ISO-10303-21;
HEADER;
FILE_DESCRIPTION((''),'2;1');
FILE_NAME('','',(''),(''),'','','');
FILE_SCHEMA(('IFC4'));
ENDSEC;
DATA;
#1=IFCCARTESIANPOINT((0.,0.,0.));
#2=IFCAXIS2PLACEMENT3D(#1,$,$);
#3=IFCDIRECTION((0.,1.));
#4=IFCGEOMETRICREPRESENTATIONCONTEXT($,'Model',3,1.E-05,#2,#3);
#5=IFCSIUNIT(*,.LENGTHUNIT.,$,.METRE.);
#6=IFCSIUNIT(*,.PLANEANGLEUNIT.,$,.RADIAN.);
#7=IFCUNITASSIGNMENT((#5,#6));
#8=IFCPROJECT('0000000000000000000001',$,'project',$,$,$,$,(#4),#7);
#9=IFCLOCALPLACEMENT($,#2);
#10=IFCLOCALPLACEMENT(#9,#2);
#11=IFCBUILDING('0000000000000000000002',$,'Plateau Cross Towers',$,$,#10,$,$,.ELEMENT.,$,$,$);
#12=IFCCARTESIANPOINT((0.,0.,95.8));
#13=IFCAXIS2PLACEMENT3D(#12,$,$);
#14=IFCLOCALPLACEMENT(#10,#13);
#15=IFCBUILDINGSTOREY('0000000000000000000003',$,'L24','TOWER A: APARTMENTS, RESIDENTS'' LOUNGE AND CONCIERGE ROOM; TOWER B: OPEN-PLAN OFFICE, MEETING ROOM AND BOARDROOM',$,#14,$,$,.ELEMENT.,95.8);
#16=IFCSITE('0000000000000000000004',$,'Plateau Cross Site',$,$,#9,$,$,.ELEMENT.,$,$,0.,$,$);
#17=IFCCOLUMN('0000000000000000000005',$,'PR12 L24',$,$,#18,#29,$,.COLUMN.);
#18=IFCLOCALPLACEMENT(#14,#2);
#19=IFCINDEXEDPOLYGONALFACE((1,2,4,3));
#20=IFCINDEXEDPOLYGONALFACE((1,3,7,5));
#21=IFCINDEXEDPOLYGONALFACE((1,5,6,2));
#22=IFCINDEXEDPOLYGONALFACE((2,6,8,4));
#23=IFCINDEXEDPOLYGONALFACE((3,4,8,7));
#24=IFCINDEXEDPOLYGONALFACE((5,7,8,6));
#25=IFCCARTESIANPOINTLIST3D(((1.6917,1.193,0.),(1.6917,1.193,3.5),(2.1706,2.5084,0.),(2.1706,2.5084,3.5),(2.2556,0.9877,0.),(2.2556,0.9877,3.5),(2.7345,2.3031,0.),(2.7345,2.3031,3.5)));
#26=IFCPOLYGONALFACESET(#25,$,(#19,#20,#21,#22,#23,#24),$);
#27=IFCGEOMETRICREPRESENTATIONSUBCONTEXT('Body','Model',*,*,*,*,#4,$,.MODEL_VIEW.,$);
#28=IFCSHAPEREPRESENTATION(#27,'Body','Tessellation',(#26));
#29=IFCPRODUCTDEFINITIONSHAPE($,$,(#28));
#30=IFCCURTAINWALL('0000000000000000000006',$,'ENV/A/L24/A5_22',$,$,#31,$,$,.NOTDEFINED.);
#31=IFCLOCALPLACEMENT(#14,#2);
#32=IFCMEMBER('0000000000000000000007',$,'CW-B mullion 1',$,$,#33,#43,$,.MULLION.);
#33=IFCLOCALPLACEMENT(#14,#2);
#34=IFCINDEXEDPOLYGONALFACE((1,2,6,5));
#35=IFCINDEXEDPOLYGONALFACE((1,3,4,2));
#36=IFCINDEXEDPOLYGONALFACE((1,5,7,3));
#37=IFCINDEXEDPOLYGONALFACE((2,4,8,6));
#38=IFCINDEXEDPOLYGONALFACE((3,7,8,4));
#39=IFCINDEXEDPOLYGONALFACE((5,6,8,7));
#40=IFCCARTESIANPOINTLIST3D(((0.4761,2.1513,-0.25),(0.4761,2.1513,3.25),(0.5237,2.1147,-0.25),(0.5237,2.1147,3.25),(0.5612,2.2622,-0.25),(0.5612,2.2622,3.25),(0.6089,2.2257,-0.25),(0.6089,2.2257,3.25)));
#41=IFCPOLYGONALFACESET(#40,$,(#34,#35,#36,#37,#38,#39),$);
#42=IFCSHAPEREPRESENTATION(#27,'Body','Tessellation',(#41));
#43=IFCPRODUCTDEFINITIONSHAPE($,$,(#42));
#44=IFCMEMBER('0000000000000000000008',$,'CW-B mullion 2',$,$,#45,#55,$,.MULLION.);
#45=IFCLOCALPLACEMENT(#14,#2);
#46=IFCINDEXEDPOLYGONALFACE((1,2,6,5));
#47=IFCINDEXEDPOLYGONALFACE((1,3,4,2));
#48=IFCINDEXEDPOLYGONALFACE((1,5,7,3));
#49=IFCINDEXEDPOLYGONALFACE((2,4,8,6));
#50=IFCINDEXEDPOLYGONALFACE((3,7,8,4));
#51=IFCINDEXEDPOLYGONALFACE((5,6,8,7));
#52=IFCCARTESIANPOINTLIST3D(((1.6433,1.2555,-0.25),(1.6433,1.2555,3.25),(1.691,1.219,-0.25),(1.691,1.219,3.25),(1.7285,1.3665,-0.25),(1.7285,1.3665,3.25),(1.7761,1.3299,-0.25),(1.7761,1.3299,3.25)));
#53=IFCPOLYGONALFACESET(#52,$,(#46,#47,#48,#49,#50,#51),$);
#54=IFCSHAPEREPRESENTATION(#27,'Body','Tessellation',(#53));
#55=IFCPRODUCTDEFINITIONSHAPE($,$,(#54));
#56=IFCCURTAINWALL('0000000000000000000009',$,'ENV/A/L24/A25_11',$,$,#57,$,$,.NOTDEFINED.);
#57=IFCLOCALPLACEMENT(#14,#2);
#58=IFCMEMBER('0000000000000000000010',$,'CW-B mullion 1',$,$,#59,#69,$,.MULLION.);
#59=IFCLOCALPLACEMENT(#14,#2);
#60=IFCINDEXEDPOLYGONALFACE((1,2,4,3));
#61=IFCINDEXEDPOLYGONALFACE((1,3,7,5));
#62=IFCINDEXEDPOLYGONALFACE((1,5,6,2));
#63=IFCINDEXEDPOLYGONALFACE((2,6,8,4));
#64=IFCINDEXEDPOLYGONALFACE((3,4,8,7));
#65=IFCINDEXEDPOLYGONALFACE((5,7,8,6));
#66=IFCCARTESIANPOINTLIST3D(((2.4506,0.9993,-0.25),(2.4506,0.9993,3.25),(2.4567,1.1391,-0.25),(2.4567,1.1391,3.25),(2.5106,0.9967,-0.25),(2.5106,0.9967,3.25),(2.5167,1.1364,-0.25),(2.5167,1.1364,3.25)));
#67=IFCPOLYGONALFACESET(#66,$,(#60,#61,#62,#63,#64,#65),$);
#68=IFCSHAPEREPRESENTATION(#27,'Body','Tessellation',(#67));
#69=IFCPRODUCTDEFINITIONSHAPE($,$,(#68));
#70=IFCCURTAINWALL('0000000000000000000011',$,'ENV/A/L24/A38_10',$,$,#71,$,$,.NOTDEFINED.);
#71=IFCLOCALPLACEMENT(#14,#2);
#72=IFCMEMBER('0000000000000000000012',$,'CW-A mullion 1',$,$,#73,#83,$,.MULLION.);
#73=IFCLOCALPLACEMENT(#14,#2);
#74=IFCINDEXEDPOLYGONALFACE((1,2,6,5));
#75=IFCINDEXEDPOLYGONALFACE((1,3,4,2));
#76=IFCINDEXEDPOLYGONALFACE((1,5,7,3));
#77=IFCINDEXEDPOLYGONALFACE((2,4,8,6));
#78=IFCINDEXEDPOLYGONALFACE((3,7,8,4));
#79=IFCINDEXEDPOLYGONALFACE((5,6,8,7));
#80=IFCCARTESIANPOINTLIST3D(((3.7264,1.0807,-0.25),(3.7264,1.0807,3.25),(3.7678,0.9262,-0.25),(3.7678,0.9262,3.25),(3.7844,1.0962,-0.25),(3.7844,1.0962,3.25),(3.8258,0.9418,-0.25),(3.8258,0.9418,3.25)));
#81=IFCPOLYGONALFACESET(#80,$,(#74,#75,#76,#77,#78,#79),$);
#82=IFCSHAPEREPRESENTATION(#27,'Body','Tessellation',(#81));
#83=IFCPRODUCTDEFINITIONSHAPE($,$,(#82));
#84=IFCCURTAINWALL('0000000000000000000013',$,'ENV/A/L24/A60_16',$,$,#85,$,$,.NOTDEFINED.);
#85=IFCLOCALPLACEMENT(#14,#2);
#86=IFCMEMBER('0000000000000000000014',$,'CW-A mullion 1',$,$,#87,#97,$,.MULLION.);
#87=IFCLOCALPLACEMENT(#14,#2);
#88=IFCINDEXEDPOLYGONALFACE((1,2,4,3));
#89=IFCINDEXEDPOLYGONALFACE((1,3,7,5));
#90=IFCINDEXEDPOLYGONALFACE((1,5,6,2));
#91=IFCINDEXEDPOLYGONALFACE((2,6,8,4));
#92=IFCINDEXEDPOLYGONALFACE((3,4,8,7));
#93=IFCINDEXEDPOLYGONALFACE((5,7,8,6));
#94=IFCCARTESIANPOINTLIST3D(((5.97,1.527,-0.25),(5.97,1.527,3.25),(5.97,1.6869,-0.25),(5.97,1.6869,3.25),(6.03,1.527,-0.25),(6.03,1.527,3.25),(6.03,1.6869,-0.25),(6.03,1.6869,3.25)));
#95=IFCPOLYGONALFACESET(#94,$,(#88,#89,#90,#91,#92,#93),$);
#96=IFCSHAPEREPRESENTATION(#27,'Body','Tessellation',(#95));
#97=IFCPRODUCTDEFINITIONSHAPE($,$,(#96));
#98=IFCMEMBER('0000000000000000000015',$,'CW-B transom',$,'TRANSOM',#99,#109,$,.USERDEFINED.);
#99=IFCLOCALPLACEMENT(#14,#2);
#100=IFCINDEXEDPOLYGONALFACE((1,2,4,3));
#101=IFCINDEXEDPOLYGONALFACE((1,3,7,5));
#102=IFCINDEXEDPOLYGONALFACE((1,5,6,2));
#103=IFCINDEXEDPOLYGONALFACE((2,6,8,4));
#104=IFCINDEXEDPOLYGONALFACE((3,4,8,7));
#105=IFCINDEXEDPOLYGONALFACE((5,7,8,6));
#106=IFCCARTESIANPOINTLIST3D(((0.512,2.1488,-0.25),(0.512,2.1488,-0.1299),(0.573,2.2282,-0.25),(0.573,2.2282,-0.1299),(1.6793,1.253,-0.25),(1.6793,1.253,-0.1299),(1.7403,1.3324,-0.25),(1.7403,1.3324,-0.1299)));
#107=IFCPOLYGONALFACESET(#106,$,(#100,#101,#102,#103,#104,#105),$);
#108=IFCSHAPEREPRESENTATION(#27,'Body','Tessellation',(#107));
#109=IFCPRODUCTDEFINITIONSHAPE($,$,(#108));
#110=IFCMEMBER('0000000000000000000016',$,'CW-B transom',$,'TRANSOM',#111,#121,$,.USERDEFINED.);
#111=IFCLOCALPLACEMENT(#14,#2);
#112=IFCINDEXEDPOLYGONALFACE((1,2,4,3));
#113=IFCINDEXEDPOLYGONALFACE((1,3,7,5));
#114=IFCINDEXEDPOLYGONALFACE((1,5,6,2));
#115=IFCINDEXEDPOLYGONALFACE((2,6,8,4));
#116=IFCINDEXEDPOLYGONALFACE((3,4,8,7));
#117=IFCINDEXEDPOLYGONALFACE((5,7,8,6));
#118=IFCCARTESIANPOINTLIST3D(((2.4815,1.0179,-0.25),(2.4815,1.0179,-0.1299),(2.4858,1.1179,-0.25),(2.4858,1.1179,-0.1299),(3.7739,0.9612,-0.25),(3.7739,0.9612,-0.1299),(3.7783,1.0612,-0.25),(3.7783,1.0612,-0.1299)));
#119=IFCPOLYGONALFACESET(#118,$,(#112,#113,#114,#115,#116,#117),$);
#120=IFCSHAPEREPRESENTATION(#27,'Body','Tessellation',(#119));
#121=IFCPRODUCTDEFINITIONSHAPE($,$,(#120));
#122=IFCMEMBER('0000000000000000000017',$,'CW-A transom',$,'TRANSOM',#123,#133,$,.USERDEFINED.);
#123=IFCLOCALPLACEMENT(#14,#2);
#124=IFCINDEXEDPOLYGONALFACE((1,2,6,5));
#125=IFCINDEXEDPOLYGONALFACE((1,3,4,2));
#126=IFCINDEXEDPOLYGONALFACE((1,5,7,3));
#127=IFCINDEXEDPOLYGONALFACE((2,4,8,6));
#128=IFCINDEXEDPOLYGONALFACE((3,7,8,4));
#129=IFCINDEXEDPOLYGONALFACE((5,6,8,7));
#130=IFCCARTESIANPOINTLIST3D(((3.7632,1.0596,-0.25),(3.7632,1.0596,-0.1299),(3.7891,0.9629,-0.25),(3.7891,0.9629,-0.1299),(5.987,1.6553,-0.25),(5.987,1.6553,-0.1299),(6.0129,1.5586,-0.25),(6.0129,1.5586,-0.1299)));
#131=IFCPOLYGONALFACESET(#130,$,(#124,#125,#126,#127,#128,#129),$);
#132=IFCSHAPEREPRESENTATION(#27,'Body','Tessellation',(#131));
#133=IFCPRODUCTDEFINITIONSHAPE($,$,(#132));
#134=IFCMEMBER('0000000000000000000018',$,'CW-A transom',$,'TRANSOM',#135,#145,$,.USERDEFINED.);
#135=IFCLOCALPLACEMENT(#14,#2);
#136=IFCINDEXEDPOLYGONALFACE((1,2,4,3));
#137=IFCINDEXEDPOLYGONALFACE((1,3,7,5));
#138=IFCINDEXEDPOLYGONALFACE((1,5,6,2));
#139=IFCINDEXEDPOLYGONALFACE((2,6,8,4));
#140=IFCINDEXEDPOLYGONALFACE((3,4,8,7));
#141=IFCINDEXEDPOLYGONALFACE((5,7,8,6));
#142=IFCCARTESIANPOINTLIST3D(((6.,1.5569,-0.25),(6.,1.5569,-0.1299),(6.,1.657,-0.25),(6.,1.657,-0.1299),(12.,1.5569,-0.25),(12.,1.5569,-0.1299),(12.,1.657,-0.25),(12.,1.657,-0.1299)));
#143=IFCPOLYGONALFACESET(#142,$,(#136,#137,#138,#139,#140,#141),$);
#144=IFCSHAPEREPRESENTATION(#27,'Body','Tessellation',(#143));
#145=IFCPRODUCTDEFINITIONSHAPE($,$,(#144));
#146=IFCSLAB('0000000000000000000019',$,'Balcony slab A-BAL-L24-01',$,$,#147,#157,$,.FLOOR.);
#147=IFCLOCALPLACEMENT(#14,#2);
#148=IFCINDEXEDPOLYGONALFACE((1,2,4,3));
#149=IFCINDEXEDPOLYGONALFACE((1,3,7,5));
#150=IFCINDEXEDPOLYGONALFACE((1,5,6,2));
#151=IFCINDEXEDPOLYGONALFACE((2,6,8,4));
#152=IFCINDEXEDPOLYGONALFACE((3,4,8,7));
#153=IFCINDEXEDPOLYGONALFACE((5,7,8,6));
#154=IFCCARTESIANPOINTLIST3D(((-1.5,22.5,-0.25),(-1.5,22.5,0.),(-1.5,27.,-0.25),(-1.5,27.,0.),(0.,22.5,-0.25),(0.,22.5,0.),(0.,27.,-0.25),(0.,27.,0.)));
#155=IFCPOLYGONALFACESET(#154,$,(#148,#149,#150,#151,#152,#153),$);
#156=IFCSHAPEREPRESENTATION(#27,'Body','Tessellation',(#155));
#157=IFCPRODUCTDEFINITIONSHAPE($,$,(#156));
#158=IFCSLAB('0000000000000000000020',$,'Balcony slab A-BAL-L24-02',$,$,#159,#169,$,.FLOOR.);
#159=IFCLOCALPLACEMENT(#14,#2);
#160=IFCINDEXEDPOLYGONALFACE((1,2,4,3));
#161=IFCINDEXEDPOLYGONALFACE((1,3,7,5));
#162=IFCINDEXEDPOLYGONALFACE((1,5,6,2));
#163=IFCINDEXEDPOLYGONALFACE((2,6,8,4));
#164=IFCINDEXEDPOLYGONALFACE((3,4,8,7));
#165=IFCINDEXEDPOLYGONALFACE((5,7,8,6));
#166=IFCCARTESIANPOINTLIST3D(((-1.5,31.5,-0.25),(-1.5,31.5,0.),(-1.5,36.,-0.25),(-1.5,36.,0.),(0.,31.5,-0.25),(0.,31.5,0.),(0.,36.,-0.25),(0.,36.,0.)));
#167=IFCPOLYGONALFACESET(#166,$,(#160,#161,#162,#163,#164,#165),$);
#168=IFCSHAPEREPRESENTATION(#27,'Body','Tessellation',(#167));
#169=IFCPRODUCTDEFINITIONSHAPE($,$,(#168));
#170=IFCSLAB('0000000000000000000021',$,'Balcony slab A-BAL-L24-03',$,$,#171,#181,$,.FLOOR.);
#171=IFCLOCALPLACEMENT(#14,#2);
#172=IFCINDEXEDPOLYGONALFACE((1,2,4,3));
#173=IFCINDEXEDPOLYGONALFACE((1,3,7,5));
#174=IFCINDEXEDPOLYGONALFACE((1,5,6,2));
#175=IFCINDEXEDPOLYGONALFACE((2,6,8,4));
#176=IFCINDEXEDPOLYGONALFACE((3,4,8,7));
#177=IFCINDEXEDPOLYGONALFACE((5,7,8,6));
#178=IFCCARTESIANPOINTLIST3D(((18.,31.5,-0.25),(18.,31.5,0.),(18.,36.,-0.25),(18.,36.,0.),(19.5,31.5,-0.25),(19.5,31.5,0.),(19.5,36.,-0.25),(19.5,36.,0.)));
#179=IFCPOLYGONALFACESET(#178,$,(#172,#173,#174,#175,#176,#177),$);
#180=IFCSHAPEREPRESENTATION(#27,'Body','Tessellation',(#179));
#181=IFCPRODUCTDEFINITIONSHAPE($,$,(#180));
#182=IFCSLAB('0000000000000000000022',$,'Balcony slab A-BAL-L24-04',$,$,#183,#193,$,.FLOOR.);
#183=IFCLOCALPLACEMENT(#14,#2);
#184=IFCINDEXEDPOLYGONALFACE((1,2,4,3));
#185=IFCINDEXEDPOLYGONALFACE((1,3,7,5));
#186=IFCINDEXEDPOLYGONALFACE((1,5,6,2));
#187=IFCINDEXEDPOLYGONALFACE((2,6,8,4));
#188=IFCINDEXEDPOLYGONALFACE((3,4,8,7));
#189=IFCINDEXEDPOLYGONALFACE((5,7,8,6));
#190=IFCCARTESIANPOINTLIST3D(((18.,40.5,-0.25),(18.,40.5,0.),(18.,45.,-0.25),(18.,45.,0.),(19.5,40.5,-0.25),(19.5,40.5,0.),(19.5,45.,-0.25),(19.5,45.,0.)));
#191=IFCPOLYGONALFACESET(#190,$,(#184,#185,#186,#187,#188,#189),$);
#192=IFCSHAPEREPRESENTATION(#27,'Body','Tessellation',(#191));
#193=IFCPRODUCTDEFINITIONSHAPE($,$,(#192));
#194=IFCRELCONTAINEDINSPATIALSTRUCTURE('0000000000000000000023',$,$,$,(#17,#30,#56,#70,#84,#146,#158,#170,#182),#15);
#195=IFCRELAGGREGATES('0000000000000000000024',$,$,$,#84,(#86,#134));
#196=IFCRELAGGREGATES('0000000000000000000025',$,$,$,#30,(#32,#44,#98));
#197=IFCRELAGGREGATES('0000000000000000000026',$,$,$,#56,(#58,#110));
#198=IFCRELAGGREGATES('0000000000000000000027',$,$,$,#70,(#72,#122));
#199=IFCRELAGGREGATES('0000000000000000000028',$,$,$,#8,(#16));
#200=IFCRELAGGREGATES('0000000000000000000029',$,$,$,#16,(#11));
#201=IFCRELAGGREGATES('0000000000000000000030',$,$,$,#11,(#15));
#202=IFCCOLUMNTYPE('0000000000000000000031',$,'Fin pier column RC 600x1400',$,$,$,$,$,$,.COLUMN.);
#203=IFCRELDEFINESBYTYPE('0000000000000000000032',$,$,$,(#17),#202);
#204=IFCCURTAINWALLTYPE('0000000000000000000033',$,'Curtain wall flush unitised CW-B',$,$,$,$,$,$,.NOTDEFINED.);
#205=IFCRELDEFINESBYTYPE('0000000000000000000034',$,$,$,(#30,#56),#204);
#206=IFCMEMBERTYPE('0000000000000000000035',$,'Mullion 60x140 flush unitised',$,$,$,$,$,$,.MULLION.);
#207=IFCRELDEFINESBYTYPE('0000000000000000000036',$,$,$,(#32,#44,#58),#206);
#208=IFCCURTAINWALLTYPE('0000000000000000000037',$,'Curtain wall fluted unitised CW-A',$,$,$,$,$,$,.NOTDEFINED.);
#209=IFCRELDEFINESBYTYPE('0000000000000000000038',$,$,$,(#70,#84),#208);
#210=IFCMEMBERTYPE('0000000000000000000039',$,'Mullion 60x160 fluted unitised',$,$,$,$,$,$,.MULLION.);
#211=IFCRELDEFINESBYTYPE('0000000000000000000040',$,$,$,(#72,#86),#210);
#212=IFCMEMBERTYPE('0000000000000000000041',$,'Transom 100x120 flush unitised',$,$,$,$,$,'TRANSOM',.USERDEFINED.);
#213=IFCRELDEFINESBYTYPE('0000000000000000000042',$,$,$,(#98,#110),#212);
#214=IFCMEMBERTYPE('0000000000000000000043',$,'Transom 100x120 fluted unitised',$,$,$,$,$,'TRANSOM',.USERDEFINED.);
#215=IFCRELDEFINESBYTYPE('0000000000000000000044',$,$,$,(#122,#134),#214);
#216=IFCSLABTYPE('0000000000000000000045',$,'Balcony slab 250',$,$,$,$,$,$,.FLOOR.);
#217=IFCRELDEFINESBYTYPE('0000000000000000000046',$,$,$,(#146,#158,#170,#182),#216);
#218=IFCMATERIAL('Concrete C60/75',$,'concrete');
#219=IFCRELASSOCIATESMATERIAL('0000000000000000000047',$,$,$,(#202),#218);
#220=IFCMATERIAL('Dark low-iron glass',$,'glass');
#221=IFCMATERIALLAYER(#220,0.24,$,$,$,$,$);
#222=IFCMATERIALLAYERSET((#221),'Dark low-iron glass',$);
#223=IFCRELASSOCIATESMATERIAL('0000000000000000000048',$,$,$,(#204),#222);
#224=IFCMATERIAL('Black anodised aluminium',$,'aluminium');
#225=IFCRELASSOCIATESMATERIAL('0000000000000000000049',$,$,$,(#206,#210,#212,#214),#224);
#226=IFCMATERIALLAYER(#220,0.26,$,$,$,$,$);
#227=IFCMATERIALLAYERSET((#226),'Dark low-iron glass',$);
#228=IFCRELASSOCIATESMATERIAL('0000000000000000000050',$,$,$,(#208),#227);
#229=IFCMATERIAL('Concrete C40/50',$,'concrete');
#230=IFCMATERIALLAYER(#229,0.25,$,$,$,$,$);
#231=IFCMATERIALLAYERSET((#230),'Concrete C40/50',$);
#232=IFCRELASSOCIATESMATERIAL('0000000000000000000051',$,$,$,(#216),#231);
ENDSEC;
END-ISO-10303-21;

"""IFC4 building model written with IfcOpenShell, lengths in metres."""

from ifc_helpers import new_model, si_unit, direction, frame, origin, origin_2d, place, context, subcontext, project, spatial, polyline, rectangle, outline, extrude, material, layer, layer_set, material_profile, profile_set, type_object, element, aggregate, save


model = new_model("IFC4")

# Units and contexts
model_context = context("Model", 3, precision=1e-05, world=origin(), true_north=direction((0.0, 1.0)))
body_context = subcontext(model_context, "Body", "Model", "MODEL_VIEW")
ifc_project = project(units=[si_unit("LENGTHUNIT", "METRE"), si_unit("PLANEANGLEUNIT", "RADIAN")], contexts=[model_context])

# Site, building, storey
site_placement = place(None, origin())
site = spatial("IfcSite", under=ifc_project, at=site_placement, Name="Plateau Cross Site", CompositionType="ELEMENT", RefElevation=0.0)
building_placement = place(site_placement, origin())
building = spatial("IfcBuilding", under=site, at=building_placement, Name="Plateau Cross Towers", CompositionType="ELEMENT")
storey_placement = place(building_placement, frame((0.0, 0.0, 95.8)))
storey = spatial("IfcBuildingStorey", under=building, at=storey_placement, Name="L24", Description="TOWER A: APARTMENTS, RESIDENTS' LOUNGE AND CONCIERGE ROOM; TOWER B: OPEN-PLAN OFFICE, MEETING ROOM AND BOARDROOM", CompositionType="ELEMENT", Elevation=95.8)

# Column
ifc_material_1 = material(Name="Concrete C60/75", Category="concrete")
ifc_material_profile_1 = material_profile(ifc_material_1, rectangle(XDim=0.6001, YDim=1.3999, at=origin_2d()), Name="RC 600x1400")
ifc_profile_set_1 = profile_set([ifc_material_profile_1], Name="Concrete C60/75")
column_type = type_object("IfcColumnType", Name="Fin pier column RC 600x1400", PredefinedType="COLUMN", material=ifc_profile_set_1)
column_placement = place(storey_placement, frame((2.2131, 1.748, 0.0), z_axis=(0.0, 0.0, 1.0), x_axis=(-0.939664, 0.342098, 0.0)))
element("IfcColumn", 1, at=column_placement, inside=storey, type_object=column_type, Name="PR12 L24", PredefinedType="COLUMN", context=body_context, shape_type="SweptSolid", body=[
    extrude(rectangle(XDim=0.6001, YDim=1.3999, at=origin_2d()), origin(), (0.0, 0.0, 1.0), 3.5),
])

# Curtain wall, members
ifc_material_2 = material(Name="Dark low-iron glass", Category="glass")
ifc_layer_1 = layer(ifc_material_2, 0.24)
ifc_layer_set_1 = layer_set([ifc_layer_1], Name="Dark low-iron glass")
curtain_wall_type_1 = type_object("IfcCurtainWallType", Name="Curtain wall flush unitised CW-B", PredefinedType="NOTDEFINED", material=ifc_layer_set_1)
curtain_wall_1_placement = place(storey_placement, origin())
curtain_wall_1 = element("IfcCurtainWall", 2, at=curtain_wall_1_placement, inside=storey, type_object=curtain_wall_type_1, Name="ENV/A/L24/A5_22", PredefinedType="NOTDEFINED")
ifc_material_3 = material(Name="Black anodised aluminium", Category="aluminium")
ifc_material_profile_2 = material_profile(ifc_material_3, rectangle(XDim=0.0601, YDim=0.1399, at=origin_2d()), Name="MULLION 60x140")
ifc_profile_set_2 = profile_set([ifc_material_profile_2], Name="Black anodised aluminium")
member_type_1 = type_object("IfcMemberType", Name="Mullion 60x140 flush unitised", PredefinedType="MULLION", material=ifc_profile_set_2)
member_1_placement = place(storey_placement, frame((0.5425, 2.1885, -0.25), z_axis=(0.0, 0.0, 1.0), x_axis=(0.793316, -0.608811, 0.0)))
member_1 = element("IfcMember", 3, at=member_1_placement, type_object=member_type_1, Name="CW-B mullion 1", PredefinedType="MULLION", context=body_context, shape_type="SweptSolid", body=[
    extrude(rectangle(XDim=0.0601, YDim=0.1399, at=origin_2d()), origin(), (0.0, 0.0, 1.0), 3.5),
])
member_2_placement = place(storey_placement, frame((1.7097, 1.2927, -0.25), z_axis=(0.0, 0.0, 1.0), x_axis=(0.793316, -0.608811, 0.0)))
member_2 = element("IfcMember", 4, at=member_2_placement, type_object=member_type_1, Name="CW-B mullion 2", PredefinedType="MULLION", context=body_context, shape_type="SweptSolid", body=[
    extrude(rectangle(XDim=0.0601, YDim=0.1399, at=origin_2d()), origin(), (0.0, 0.0, 1.0), 3.5),
])

# Curtain walls, members
curtain_wall_2_placement = place(storey_placement, origin())
curtain_wall_2 = element("IfcCurtainWall", 5, at=curtain_wall_2_placement, inside=storey, type_object=curtain_wall_type_1, Name="ENV/A/L24/A25_11", PredefinedType="NOTDEFINED")
member_3_placement = place(storey_placement, frame((2.4836, 1.0679, -0.25), z_axis=(0.0, 0.0, 1.0), x_axis=(0.999044, -0.043723, 0.0)))
member_3 = element("IfcMember", 6, at=member_3_placement, type_object=member_type_1, Name="CW-B mullion 1", PredefinedType="MULLION", context=body_context, shape_type="SweptSolid", body=[
    extrude(rectangle(XDim=0.0601, YDim=0.1399, at=origin_2d()), origin(), (0.0, 0.0, 1.0), 3.5),
])
ifc_layer_2 = layer(ifc_material_2, 0.26)
ifc_layer_set_2 = layer_set([ifc_layer_2], Name="Dark low-iron glass")
curtain_wall_type_2 = type_object("IfcCurtainWallType", Name="Curtain wall fluted unitised CW-A", PredefinedType="NOTDEFINED", material=ifc_layer_set_2)
curtain_wall_3_placement = place(storey_placement, origin())
curtain_wall_3 = element("IfcCurtainWall", 7, at=curtain_wall_3_placement, inside=storey, type_object=curtain_wall_type_2, Name="ENV/A/L24/A38_10", PredefinedType="NOTDEFINED")
ifc_material_profile_3 = material_profile(ifc_material_3, rectangle(XDim=0.0601, YDim=0.1599, at=origin_2d()), Name="MULLION 60x160")
ifc_profile_set_3 = profile_set([ifc_material_profile_3], Name="Black anodised aluminium")
member_type_2 = type_object("IfcMemberType", Name="Mullion 60x160 fluted unitised", PredefinedType="MULLION", material=ifc_profile_set_3)
member_4_placement = place(storey_placement, frame((3.7761, 1.0112, -0.25), z_axis=(0.0, 0.0, 1.0), x_axis=(0.965958, 0.258699, 0.0)))
member_4 = element("IfcMember", 8, at=member_4_placement, type_object=member_type_2, Name="CW-A mullion 1", PredefinedType="MULLION", context=body_context, shape_type="SweptSolid", body=[
    extrude(rectangle(XDim=0.0601, YDim=0.1599, at=origin_2d()), origin(), (0.0, 0.0, 1.0), 3.5),
])
curtain_wall_4_placement = place(storey_placement, origin())
curtain_wall_4 = element("IfcCurtainWall", 9, at=curtain_wall_4_placement, inside=storey, type_object=curtain_wall_type_2, Name="ENV/A/L24/A60_16", PredefinedType="NOTDEFINED")
member_5_placement = place(storey_placement, frame((6.0, 1.6069, -0.25), z_axis=(0.0, 0.0, 1.0), x_axis=(1.0, 0.0, 0.0)))
member_5 = element("IfcMember", 10, at=member_5_placement, type_object=member_type_2, Name="CW-A mullion 1", PredefinedType="MULLION", context=body_context, shape_type="SweptSolid", body=[
    extrude(rectangle(XDim=0.0601, YDim=0.1599, at=origin_2d()), origin(), (0.0, 0.0, 1.0), 3.5),
])

# Members
ifc_material_profile_4 = material_profile(ifc_material_3, rectangle(XDim=0.1001, YDim=0.1201, at=origin_2d()), Name="TRANSOM 100x120")
ifc_profile_set_4 = profile_set([ifc_material_profile_4], Name="Black anodised aluminium")
member_type_3 = type_object("IfcMemberType", Name="Transom 100x120 flush unitised", ElementType="TRANSOM", PredefinedType="USERDEFINED", material=ifc_profile_set_4)
member_6_placement = place(storey_placement, frame((0.5425, 2.1885, -0.1899), z_axis=(0.793321, -0.608804, 0.0), x_axis=(0.608804, 0.793321, 0.0)))
member_6 = element("IfcMember", 11, at=member_6_placement, type_object=member_type_3, Name="CW-B transom", ObjectType="TRANSOM", PredefinedType="USERDEFINED", context=body_context, shape_type="SweptSolid", body=[
    extrude(rectangle(XDim=0.1001, YDim=0.1201, at=origin_2d()), origin(), (0.0, 0.0, 1.0), 1.4714),
])
member_7_placement = place(storey_placement, frame((2.4836, 1.0679, -0.1899), z_axis=(0.999041, -0.043781, 0.0), x_axis=(0.043781, 0.999041, 0.0)))
member_7 = element("IfcMember", 12, at=member_7_placement, type_object=member_type_3, Name="CW-B transom", ObjectType="TRANSOM", PredefinedType="USERDEFINED", context=body_context, shape_type="SweptSolid", body=[
    extrude(rectangle(XDim=0.1001, YDim=0.1201, at=origin_2d()), origin(), (0.0, 0.0, 1.0), 1.2937),
])
ifc_material_profile_5 = material_profile(ifc_material_3, rectangle(XDim=0.1001, YDim=0.1201, at=origin_2d()), Name="TRANSOM 100x120")
ifc_profile_set_5 = profile_set([ifc_material_profile_5], Name="Black anodised aluminium")
member_type_4 = type_object("IfcMemberType", Name="Transom 100x120 fluted unitised", ElementType="TRANSOM", PredefinedType="USERDEFINED", material=ifc_profile_set_5)
member_8_placement = place(storey_placement, frame((3.7761, 1.0112, -0.1899), z_axis=(0.965946, 0.258745, 0.0), x_axis=(-0.258745, 0.965946, 0.0)))
member_8 = element("IfcMember", 13, at=member_8_placement, type_object=member_type_4, Name="CW-A transom", ObjectType="TRANSOM", PredefinedType="USERDEFINED", context=body_context, shape_type="SweptSolid", body=[
    extrude(rectangle(XDim=0.1001, YDim=0.1201, at=origin_2d()), origin(), (0.0, 0.0, 1.0), 2.3022),
])
member_9_placement = place(storey_placement, frame((6.0, 1.6069, -0.1899), z_axis=(1.0, 0.0, 0.0), x_axis=(0.0, 1.0, 0.0)))
member_9 = element("IfcMember", 14, at=member_9_placement, type_object=member_type_4, Name="CW-A transom", ObjectType="TRANSOM", PredefinedType="USERDEFINED", context=body_context, shape_type="SweptSolid", body=[
    extrude(rectangle(XDim=0.1001, YDim=0.1201, at=origin_2d()), origin(), (0.0, 0.0, 1.0), 6.0),
])
aggregate(curtain_wall_4, [member_5, member_9])

# Slabs
ifc_material_4 = material(Name="Concrete C40/50", Category="concrete")
ifc_layer_3 = layer(ifc_material_4, 0.25)
ifc_layer_set_3 = layer_set([ifc_layer_3], Name="Concrete C40/50")
slab_type_1 = type_object("IfcSlabType", Name="Balcony slab 250", PredefinedType="FLOOR", material=ifc_layer_set_3)
slab_1_placement = place(storey_placement, frame((0.0, 0.0, -0.25)))
element("IfcSlab", 15, at=slab_1_placement, inside=storey, type_object=slab_type_1, Name="Balcony slab A-BAL-L24-01", PredefinedType="FLOOR", context=body_context, shape_type="SweptSolid", body=[
    extrude(outline(polyline([(0.0, 22.5), (0.0, 27.0), (-1.5, 27.0), (-1.5, 22.5), (0.0, 22.5)])), origin(), (0.0, 0.0, 1.0), 0.25),
])
slab_2_placement = place(storey_placement, frame((0.0, 0.0, -0.25)))
element("IfcSlab", 16, at=slab_2_placement, inside=storey, type_object=slab_type_1, Name="Balcony slab A-BAL-L24-02", PredefinedType="FLOOR", context=body_context, shape_type="SweptSolid", body=[
    extrude(outline(polyline([(0.0, 31.5), (0.0, 36.0), (-1.5, 36.0), (-1.5, 31.5), (0.0, 31.5)])), origin(), (0.0, 0.0, 1.0), 0.25),
])
slab_3_placement = place(storey_placement, frame((0.0, 0.0, -0.25)))
element("IfcSlab", 17, at=slab_3_placement, inside=storey, type_object=slab_type_1, Name="Balcony slab A-BAL-L24-03", PredefinedType="FLOOR", context=body_context, shape_type="SweptSolid", body=[
    extrude(outline(polyline([(19.5, 31.5), (19.5, 36.0), (18.0, 36.0), (18.0, 31.5), (19.5, 31.5)])), origin(), (0.0, 0.0, 1.0), 0.25),
])
slab_4_placement = place(storey_placement, frame((0.0, 0.0, -0.25)))
element("IfcSlab", 18, at=slab_4_placement, inside=storey, type_object=slab_type_1, Name="Balcony slab A-BAL-L24-04", PredefinedType="FLOOR", context=body_context, shape_type="SweptSolid", body=[
    extrude(outline(polyline([(19.5, 40.5), (19.5, 45.0), (18.0, 45.0), (18.0, 40.5), (19.5, 40.5)])), origin(), (0.0, 0.0, 1.0), 0.25),
])

aggregate(curtain_wall_1, [member_1, member_2, member_6])
aggregate(curtain_wall_2, [member_3, member_7])
aggregate(curtain_wall_3, [member_4, member_8])

save(model, "model.ifc")
